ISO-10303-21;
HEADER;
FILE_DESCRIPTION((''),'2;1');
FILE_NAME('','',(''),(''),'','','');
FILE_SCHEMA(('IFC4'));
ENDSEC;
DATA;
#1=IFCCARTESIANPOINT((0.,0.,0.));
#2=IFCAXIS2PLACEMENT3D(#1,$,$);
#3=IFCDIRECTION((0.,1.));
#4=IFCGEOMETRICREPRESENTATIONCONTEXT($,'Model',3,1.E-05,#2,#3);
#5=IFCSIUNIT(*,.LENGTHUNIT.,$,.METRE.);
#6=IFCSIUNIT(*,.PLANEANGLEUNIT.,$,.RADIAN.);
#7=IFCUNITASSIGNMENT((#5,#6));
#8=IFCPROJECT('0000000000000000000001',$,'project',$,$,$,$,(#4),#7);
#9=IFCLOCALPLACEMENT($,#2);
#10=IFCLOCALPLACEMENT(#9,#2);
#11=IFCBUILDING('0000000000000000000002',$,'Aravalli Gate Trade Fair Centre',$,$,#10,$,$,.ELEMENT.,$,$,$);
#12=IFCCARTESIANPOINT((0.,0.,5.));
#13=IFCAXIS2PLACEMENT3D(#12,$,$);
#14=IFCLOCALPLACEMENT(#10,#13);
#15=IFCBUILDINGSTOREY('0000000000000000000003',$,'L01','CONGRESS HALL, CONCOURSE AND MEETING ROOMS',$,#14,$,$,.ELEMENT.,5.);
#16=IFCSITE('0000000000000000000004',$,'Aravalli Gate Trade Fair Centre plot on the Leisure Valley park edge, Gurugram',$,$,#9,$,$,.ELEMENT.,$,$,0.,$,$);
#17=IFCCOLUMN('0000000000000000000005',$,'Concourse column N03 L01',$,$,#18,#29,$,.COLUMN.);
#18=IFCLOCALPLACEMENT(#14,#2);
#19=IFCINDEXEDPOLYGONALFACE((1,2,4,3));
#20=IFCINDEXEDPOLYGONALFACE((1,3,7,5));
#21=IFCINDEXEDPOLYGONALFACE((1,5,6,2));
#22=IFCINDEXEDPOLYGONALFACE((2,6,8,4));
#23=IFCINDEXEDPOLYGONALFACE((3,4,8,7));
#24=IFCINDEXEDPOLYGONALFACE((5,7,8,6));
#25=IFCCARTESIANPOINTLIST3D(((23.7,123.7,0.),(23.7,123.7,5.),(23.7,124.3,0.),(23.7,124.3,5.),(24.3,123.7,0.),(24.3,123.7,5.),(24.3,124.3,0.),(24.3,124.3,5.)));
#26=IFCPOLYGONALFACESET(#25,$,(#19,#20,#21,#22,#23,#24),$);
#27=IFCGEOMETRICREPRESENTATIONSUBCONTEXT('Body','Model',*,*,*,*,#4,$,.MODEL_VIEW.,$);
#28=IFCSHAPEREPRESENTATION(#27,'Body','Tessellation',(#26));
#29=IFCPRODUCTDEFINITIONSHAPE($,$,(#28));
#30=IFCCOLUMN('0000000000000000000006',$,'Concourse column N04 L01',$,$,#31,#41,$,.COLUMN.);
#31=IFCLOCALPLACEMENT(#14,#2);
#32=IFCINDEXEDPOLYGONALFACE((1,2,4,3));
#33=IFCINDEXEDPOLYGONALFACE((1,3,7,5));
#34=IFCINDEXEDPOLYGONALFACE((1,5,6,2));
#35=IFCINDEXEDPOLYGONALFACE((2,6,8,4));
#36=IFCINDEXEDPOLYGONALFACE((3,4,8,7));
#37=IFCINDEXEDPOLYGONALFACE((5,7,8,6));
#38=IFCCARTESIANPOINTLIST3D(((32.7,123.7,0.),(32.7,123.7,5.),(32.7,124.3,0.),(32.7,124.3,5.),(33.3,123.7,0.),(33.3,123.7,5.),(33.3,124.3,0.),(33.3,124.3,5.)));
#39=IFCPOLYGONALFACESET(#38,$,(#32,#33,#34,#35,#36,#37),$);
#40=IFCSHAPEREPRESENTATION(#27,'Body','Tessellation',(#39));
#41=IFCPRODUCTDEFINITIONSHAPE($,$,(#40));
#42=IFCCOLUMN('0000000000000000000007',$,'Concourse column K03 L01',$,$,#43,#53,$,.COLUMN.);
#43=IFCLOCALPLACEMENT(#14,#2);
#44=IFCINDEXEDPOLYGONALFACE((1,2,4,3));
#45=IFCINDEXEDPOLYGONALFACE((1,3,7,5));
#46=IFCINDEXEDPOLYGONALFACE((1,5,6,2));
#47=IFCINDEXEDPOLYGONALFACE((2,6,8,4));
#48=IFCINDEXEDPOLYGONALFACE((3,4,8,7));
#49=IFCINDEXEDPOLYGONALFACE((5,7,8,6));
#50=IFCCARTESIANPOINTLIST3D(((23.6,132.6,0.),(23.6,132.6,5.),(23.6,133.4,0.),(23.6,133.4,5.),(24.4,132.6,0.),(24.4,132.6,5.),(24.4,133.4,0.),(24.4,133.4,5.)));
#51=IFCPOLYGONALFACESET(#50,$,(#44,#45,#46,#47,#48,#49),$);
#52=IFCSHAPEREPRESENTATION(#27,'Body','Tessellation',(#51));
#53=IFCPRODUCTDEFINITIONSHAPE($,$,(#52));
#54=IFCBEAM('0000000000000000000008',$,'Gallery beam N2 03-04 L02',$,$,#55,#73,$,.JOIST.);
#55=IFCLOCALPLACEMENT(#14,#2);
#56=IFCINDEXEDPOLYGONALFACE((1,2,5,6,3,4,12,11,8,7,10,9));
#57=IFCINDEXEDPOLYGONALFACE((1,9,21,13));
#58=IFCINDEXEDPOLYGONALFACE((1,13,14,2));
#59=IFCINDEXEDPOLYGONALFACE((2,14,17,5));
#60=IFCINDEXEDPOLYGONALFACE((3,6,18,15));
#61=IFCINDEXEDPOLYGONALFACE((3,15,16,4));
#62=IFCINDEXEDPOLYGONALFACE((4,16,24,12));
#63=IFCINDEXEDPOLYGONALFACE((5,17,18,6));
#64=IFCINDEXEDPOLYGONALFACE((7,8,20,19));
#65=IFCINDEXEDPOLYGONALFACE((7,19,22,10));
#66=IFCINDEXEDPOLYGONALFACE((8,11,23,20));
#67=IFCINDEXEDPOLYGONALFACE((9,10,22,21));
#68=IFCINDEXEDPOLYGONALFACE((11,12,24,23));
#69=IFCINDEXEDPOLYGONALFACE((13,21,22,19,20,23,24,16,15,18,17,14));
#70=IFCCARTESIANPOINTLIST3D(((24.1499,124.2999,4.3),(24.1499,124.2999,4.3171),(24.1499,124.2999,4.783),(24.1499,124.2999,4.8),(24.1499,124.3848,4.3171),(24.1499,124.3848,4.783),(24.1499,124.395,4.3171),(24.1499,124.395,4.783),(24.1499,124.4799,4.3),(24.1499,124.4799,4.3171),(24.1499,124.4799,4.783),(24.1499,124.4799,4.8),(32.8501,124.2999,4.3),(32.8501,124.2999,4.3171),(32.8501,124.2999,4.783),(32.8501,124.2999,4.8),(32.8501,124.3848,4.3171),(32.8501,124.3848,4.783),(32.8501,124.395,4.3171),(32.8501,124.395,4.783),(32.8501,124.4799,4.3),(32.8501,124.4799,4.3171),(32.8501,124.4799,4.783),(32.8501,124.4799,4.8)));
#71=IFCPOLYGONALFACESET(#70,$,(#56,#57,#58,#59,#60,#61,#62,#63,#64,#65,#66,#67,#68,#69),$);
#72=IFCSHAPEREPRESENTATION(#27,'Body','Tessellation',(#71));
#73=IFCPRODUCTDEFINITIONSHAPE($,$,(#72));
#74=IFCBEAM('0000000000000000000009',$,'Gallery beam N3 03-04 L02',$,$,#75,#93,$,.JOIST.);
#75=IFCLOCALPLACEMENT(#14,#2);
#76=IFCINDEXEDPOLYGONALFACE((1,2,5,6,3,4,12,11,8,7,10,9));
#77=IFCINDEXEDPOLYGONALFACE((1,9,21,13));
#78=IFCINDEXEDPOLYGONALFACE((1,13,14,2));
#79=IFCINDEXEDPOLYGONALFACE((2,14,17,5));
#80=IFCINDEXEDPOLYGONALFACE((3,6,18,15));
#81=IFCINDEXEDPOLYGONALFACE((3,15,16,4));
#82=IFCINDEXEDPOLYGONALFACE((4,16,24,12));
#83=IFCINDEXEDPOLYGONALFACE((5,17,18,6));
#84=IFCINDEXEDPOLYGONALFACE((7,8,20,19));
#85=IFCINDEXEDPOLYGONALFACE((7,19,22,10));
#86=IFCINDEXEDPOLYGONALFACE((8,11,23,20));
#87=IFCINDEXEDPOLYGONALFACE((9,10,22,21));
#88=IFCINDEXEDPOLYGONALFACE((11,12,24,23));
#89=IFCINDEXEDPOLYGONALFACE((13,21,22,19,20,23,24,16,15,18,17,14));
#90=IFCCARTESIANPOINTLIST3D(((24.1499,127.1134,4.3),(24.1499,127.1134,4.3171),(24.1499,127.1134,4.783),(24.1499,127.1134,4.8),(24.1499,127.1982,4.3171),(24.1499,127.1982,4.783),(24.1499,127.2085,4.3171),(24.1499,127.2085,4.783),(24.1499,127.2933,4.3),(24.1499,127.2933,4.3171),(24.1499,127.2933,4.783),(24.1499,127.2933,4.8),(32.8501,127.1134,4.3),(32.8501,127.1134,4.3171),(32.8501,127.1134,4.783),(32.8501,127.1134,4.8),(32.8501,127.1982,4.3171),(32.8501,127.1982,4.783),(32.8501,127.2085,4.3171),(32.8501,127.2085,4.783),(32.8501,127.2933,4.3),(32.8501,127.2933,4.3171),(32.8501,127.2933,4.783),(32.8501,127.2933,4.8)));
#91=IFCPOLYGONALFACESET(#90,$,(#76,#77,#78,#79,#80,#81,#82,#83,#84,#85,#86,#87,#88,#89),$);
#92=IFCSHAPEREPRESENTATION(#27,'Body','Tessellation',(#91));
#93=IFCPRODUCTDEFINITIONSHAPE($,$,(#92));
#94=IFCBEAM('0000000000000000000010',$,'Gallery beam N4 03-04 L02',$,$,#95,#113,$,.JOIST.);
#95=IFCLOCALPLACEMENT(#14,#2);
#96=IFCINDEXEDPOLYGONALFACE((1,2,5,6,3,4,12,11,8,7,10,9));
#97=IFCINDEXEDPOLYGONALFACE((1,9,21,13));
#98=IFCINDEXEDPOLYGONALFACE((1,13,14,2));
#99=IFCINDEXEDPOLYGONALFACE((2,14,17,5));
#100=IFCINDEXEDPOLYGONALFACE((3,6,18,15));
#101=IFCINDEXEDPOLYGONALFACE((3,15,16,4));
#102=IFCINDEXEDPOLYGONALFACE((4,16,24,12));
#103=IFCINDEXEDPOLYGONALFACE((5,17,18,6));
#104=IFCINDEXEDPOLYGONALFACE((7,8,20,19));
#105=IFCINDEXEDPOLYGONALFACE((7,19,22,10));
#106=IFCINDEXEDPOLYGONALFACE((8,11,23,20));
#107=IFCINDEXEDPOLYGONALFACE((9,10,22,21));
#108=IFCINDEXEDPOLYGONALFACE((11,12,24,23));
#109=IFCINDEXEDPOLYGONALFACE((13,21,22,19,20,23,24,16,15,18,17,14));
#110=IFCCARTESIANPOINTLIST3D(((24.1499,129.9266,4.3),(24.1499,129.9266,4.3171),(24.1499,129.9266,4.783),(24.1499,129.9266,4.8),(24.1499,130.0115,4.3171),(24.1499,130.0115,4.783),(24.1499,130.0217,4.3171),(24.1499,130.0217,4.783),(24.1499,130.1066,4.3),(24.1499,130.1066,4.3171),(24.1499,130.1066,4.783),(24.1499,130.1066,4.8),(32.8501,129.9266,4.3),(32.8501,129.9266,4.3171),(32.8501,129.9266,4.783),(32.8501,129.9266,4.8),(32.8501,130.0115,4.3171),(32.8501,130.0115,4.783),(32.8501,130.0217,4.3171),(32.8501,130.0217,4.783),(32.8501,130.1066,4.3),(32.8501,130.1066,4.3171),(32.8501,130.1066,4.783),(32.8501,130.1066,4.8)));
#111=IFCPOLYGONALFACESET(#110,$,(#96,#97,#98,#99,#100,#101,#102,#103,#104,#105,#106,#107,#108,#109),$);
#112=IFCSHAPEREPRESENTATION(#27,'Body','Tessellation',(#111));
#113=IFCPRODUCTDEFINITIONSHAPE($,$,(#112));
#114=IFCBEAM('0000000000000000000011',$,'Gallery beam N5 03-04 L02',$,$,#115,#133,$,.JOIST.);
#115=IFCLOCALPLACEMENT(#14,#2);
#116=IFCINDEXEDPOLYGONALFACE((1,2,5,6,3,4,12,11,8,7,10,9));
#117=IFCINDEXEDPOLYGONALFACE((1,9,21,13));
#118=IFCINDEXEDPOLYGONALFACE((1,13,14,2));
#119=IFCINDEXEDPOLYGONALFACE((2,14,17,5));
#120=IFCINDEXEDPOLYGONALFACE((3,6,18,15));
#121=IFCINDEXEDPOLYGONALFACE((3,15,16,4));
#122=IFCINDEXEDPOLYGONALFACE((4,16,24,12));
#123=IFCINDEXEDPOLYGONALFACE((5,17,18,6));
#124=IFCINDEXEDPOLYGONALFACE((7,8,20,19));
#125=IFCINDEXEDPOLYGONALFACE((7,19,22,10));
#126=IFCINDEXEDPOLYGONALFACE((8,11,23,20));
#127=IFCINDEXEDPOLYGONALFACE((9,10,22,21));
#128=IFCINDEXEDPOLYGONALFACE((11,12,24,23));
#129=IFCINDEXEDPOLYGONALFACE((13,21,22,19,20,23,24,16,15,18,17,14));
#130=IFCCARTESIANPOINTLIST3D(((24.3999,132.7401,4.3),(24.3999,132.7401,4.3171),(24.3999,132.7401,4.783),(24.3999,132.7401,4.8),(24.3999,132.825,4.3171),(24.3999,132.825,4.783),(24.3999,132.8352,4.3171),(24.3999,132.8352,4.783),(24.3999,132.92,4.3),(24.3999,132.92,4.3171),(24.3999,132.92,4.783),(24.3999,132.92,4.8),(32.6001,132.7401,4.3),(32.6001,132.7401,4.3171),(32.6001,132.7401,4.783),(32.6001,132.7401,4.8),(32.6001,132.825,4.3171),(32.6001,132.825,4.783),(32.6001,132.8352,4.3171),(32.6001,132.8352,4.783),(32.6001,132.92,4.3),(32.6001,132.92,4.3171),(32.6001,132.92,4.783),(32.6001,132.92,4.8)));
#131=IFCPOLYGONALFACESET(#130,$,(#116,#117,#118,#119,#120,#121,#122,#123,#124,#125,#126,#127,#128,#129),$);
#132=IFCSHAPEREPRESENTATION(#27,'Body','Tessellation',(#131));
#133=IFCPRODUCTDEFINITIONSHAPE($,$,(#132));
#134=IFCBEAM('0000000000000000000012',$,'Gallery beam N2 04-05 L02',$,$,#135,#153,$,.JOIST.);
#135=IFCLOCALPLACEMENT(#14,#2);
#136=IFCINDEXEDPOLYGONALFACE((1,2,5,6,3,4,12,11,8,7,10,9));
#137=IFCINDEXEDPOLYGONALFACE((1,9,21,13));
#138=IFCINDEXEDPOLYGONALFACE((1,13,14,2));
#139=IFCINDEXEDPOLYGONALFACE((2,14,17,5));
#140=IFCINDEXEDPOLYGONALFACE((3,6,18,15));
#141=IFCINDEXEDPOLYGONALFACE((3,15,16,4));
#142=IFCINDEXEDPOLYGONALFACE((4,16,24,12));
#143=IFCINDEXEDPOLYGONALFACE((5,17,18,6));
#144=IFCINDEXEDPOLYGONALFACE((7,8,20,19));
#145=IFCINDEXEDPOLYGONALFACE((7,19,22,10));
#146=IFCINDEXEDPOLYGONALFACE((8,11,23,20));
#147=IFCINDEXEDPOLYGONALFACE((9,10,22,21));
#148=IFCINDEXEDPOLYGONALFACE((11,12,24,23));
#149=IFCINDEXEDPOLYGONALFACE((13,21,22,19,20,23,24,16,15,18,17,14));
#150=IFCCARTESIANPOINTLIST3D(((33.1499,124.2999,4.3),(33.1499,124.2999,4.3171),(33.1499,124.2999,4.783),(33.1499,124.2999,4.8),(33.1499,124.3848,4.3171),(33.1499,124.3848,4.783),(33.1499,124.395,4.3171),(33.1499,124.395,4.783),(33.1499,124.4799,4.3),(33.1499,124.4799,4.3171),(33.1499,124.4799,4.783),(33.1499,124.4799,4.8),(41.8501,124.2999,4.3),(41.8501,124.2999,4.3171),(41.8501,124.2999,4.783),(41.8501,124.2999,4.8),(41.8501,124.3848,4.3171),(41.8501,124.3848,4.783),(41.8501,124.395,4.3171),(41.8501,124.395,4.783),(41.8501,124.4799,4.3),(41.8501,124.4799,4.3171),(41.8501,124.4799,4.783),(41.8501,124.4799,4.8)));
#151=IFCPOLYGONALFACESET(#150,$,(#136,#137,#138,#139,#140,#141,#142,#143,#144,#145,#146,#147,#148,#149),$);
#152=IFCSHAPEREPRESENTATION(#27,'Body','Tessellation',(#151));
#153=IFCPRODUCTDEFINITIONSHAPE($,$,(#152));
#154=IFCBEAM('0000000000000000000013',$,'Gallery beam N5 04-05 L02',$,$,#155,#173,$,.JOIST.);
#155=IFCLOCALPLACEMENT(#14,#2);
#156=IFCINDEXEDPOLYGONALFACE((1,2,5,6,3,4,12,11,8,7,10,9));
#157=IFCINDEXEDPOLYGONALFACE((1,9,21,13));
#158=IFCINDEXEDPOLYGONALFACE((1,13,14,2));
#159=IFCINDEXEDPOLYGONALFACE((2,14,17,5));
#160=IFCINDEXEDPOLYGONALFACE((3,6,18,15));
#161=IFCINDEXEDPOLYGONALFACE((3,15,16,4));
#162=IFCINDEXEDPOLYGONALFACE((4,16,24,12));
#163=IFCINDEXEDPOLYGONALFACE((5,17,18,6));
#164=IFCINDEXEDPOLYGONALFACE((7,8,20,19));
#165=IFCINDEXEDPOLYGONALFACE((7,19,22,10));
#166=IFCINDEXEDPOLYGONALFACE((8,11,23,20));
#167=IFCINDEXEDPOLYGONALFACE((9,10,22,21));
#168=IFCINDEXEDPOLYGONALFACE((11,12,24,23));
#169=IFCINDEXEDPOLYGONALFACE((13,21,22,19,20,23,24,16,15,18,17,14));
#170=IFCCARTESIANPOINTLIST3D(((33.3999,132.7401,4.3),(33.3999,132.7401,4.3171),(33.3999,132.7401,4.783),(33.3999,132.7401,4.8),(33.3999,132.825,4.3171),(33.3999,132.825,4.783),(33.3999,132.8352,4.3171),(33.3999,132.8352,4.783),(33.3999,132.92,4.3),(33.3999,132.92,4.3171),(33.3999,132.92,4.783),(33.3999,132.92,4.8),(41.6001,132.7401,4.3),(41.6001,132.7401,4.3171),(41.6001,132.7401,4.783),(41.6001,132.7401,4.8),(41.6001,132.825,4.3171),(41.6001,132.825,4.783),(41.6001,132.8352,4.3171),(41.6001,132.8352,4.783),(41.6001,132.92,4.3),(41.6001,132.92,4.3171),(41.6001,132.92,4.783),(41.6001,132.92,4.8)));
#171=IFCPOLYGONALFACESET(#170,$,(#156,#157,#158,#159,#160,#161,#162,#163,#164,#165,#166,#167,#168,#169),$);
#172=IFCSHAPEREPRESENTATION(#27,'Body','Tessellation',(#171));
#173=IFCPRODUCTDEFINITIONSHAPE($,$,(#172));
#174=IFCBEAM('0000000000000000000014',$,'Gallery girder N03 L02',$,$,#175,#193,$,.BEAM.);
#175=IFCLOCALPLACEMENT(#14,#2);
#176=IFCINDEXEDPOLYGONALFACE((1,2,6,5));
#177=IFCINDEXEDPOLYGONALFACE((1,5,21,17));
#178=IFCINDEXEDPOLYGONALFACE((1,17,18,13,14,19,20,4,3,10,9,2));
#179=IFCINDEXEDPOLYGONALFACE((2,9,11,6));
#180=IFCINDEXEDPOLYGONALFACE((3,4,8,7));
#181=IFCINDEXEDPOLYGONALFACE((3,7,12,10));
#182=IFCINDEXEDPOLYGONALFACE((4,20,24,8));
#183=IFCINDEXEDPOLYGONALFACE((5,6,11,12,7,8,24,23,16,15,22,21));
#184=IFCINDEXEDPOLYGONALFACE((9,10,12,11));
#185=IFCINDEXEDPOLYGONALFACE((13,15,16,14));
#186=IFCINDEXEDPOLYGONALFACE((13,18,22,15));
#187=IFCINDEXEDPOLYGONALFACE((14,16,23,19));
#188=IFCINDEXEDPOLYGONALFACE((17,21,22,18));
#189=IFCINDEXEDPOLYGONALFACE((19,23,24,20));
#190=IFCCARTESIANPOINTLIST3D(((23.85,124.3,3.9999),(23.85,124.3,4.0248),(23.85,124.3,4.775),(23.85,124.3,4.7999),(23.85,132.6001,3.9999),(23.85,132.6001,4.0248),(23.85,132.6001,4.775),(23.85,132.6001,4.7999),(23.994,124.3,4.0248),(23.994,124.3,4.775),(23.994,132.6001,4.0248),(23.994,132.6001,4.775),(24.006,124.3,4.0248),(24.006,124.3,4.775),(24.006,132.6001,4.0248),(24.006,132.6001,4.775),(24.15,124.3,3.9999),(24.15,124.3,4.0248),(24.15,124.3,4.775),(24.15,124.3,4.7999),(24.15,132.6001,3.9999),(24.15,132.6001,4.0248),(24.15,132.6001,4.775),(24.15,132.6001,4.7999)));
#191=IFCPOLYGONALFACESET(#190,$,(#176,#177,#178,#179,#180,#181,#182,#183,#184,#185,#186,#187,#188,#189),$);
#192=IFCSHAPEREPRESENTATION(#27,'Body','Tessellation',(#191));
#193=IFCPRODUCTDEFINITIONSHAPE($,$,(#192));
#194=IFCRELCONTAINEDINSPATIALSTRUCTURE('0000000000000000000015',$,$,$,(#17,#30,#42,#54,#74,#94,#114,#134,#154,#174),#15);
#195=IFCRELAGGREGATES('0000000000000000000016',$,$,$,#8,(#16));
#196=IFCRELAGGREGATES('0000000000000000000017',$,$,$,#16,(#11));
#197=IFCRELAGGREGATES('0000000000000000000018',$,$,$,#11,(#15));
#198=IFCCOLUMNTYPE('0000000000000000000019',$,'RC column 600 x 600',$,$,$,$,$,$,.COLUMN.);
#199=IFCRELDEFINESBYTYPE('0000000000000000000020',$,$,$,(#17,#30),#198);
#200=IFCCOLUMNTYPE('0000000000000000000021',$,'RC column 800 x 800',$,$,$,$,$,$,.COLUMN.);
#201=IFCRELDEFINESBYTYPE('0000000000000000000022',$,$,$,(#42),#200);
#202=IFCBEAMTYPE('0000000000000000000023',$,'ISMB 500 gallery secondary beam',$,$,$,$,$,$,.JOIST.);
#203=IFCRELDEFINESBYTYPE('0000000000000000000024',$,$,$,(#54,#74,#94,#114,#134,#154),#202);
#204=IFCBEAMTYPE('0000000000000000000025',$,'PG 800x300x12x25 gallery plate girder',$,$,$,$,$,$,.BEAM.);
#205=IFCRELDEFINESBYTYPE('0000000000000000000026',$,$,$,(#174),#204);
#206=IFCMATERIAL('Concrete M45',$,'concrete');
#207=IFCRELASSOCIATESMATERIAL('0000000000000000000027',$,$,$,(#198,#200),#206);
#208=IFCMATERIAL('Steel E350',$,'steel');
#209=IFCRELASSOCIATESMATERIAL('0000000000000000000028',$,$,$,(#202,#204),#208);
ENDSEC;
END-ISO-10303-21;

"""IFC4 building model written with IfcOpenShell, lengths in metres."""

from ifc_helpers import new_model, si_unit, direction, frame, origin, origin_2d, place, context, subcontext, project, spatial, rectangle, i_section, extrude, material, material_profile, profile_set, type_object, element, save


model = new_model("IFC4")

# Units and contexts
model_context = context("Model", 3, precision=1e-05, world=origin(), true_north=direction((0.0, 1.0)))
body_context = subcontext(model_context, "Body", "Model", "MODEL_VIEW")
ifc_project = project(units=[si_unit("LENGTHUNIT", "METRE"), si_unit("PLANEANGLEUNIT", "RADIAN")], contexts=[model_context])

# Site, building, storey
site_placement = place(None, origin())
site = spatial("IfcSite", under=ifc_project, at=site_placement, Name="Aravalli Gate Trade Fair Centre plot on the Leisure Valley park edge, Gurugram", CompositionType="ELEMENT", RefElevation=0.0)
building_placement = place(site_placement, origin())
building = spatial("IfcBuilding", under=site, at=building_placement, Name="Aravalli Gate Trade Fair Centre", CompositionType="ELEMENT")
storey_placement = place(building_placement, frame((0.0, 0.0, 5.0)))
storey = spatial("IfcBuildingStorey", under=building, at=storey_placement, Name="L01", Description="CONGRESS HALL, CONCOURSE AND MEETING ROOMS", CompositionType="ELEMENT", Elevation=5.0)

# Columns
ifc_material_1 = material(Name="Concrete M45", Category="concrete")
ifc_material_profile_1 = material_profile(ifc_material_1, rectangle(XDim=0.6001, YDim=0.6001, at=origin_2d()), Name="RC column 600 x 600")
ifc_profile_set_1 = profile_set([ifc_material_profile_1], Name="Concrete M45")
column_type_1 = type_object("IfcColumnType", Name="RC column 600 x 600", PredefinedType="COLUMN", material=ifc_profile_set_1)
for number, where, z_axis, x_axis, name in (
    (1, (24.0, 124.0, 0.0), (0.0, 0.0, 1.0), (1.0, 0.0, 0.0), "Concourse column N03 L01"),
    (2, (33.0, 124.0, 0.0), (0.0, 0.0, 1.0), (1.0, 0.0, 0.0), "Concourse column N04 L01"),
):
    element("IfcColumn", number, at=place(storey_placement, frame(where, z_axis=z_axis, x_axis=x_axis)), inside=storey, type_object=column_type_1, Name=name, PredefinedType="COLUMN", context=body_context, shape_type="SweptSolid", body=[
        extrude(rectangle(XDim=0.6001, YDim=0.6001, at=origin_2d()), origin(), (0.0, 0.0, 1.0), 5.0),
    ])
ifc_material_profile_2 = material_profile(ifc_material_1, rectangle(XDim=0.8, YDim=0.8, at=origin_2d()), Name="RC column 800 x 800")
ifc_profile_set_2 = profile_set([ifc_material_profile_2], Name="Concrete M45")
column_type_2 = type_object("IfcColumnType", Name="RC column 800 x 800", PredefinedType="COLUMN", material=ifc_profile_set_2)
column_placement = place(storey_placement, frame((24.0, 133.0, 0.0), z_axis=(0.0, 0.0, 1.0), x_axis=(1.0, 0.0, 0.0)))
element("IfcColumn", 3, at=column_placement, inside=storey, type_object=column_type_2, Name="Concourse column K03 L01", PredefinedType="COLUMN", context=body_context, shape_type="SweptSolid", body=[
    extrude(rectangle(XDim=0.8, YDim=0.8, at=origin_2d()), origin(), (0.0, 0.0, 1.0), 5.0),
])

# Beams
ifc_material_2 = material(Name="Steel E350", Category="steel")
ifc_material_profile_3 = material_profile(ifc_material_2, i_section(OverallWidth=0.1799, OverallDepth=0.5, WebThickness=0.0103, FlangeThickness=0.0171, at=origin_2d()), Name="ISMB 500")
ifc_profile_set_3 = profile_set([ifc_material_profile_3], Name="Steel E350")
beam_type_1 = type_object("IfcBeamType", Name="ISMB 500 gallery secondary beam", PredefinedType="JOIST", material=ifc_profile_set_3)
for number, where, z_axis, x_axis, name in (
    (4, (24.1499, 124.3899, 4.55), (1.0, 0.0, 0.0), (0.0, 1.0, 0.0), "Gallery beam N2 03-04 L02"),
    (5, (24.1499, 127.2034, 4.55), (1.0, 0.0, 0.0), (0.0, 1.0, 0.0), "Gallery beam N3 03-04 L02"),
    (6, (24.1499, 130.0166, 4.55), (1.0, 0.0, 0.0), (0.0, 1.0, 0.0), "Gallery beam N4 03-04 L02"),
):
    element("IfcBeam", number, at=place(storey_placement, frame(where, z_axis=z_axis, x_axis=x_axis)), inside=storey, type_object=beam_type_1, Name=name, PredefinedType="JOIST", context=body_context, shape_type="SweptSolid", body=[
        extrude(i_section(OverallWidth=0.1799, OverallDepth=0.5, WebThickness=0.0103, FlangeThickness=0.0171, at=origin_2d()), origin(), (0.0, 0.0, 1.0), 8.7002),
    ])
beam_1_placement = place(storey_placement, frame((24.3999, 132.8301, 4.55), z_axis=(1.0, 0.0, 0.0), x_axis=(0.0, 1.0, 0.0)))
element("IfcBeam", 7, at=beam_1_placement, inside=storey, type_object=beam_type_1, Name="Gallery beam N5 03-04 L02", PredefinedType="JOIST", context=body_context, shape_type="SweptSolid", body=[
    extrude(i_section(OverallWidth=0.1799, OverallDepth=0.5, WebThickness=0.0103, FlangeThickness=0.0171, at=origin_2d()), origin(), (0.0, 0.0, 1.0), 8.2002),
])
beam_2_placement = place(storey_placement, frame((33.1499, 124.3899, 4.55), z_axis=(1.0, 0.0, 0.0), x_axis=(0.0, 1.0, 0.0)))
element("IfcBeam", 8, at=beam_2_placement, inside=storey, type_object=beam_type_1, Name="Gallery beam N2 04-05 L02", PredefinedType="JOIST", context=body_context, shape_type="SweptSolid", body=[
    extrude(i_section(OverallWidth=0.1799, OverallDepth=0.5, WebThickness=0.0103, FlangeThickness=0.0171, at=origin_2d()), origin(), (0.0, 0.0, 1.0), 8.7002),
])
beam_3_placement = place(storey_placement, frame((33.3999, 132.8301, 4.55), z_axis=(1.0, 0.0, 0.0), x_axis=(0.0, 1.0, 0.0)))
element("IfcBeam", 9, at=beam_3_placement, inside=storey, type_object=beam_type_1, Name="Gallery beam N5 04-05 L02", PredefinedType="JOIST", context=body_context, shape_type="SweptSolid", body=[
    extrude(i_section(OverallWidth=0.1799, OverallDepth=0.5, WebThickness=0.0103, FlangeThickness=0.0171, at=origin_2d()), origin(), (0.0, 0.0, 1.0), 8.2002),
])
ifc_material_profile_4 = material_profile(ifc_material_2, i_section(OverallWidth=0.3, OverallDepth=0.8, WebThickness=0.012, FlangeThickness=0.0249, at=origin_2d()), Name="PG 800x300x12x25")
ifc_profile_set_4 = profile_set([ifc_material_profile_4], Name="Steel E350")
beam_type_2 = type_object("IfcBeamType", Name="PG 800x300x12x25 gallery plate girder", PredefinedType="BEAM", material=ifc_profile_set_4)
for number, where, z_axis, x_axis, name in (
    (10, (24.0, 124.3, 4.3999), (0.0, 1.0, 0.0), (-1.0, 0.0, 0.0), "Gallery girder N03 L02"),
):
    element("IfcBeam", number, at=place(storey_placement, frame(where, z_axis=z_axis, x_axis=x_axis)), inside=storey, type_object=beam_type_2, Name=name, PredefinedType="BEAM", context=body_context, shape_type="SweptSolid", body=[
        extrude(i_section(OverallWidth=0.3, OverallDepth=0.8, WebThickness=0.012, FlangeThickness=0.0249, at=origin_2d()), origin(), (0.0, 0.0, 1.0), 8.3),
    ])

save(model, "model.ifc")
